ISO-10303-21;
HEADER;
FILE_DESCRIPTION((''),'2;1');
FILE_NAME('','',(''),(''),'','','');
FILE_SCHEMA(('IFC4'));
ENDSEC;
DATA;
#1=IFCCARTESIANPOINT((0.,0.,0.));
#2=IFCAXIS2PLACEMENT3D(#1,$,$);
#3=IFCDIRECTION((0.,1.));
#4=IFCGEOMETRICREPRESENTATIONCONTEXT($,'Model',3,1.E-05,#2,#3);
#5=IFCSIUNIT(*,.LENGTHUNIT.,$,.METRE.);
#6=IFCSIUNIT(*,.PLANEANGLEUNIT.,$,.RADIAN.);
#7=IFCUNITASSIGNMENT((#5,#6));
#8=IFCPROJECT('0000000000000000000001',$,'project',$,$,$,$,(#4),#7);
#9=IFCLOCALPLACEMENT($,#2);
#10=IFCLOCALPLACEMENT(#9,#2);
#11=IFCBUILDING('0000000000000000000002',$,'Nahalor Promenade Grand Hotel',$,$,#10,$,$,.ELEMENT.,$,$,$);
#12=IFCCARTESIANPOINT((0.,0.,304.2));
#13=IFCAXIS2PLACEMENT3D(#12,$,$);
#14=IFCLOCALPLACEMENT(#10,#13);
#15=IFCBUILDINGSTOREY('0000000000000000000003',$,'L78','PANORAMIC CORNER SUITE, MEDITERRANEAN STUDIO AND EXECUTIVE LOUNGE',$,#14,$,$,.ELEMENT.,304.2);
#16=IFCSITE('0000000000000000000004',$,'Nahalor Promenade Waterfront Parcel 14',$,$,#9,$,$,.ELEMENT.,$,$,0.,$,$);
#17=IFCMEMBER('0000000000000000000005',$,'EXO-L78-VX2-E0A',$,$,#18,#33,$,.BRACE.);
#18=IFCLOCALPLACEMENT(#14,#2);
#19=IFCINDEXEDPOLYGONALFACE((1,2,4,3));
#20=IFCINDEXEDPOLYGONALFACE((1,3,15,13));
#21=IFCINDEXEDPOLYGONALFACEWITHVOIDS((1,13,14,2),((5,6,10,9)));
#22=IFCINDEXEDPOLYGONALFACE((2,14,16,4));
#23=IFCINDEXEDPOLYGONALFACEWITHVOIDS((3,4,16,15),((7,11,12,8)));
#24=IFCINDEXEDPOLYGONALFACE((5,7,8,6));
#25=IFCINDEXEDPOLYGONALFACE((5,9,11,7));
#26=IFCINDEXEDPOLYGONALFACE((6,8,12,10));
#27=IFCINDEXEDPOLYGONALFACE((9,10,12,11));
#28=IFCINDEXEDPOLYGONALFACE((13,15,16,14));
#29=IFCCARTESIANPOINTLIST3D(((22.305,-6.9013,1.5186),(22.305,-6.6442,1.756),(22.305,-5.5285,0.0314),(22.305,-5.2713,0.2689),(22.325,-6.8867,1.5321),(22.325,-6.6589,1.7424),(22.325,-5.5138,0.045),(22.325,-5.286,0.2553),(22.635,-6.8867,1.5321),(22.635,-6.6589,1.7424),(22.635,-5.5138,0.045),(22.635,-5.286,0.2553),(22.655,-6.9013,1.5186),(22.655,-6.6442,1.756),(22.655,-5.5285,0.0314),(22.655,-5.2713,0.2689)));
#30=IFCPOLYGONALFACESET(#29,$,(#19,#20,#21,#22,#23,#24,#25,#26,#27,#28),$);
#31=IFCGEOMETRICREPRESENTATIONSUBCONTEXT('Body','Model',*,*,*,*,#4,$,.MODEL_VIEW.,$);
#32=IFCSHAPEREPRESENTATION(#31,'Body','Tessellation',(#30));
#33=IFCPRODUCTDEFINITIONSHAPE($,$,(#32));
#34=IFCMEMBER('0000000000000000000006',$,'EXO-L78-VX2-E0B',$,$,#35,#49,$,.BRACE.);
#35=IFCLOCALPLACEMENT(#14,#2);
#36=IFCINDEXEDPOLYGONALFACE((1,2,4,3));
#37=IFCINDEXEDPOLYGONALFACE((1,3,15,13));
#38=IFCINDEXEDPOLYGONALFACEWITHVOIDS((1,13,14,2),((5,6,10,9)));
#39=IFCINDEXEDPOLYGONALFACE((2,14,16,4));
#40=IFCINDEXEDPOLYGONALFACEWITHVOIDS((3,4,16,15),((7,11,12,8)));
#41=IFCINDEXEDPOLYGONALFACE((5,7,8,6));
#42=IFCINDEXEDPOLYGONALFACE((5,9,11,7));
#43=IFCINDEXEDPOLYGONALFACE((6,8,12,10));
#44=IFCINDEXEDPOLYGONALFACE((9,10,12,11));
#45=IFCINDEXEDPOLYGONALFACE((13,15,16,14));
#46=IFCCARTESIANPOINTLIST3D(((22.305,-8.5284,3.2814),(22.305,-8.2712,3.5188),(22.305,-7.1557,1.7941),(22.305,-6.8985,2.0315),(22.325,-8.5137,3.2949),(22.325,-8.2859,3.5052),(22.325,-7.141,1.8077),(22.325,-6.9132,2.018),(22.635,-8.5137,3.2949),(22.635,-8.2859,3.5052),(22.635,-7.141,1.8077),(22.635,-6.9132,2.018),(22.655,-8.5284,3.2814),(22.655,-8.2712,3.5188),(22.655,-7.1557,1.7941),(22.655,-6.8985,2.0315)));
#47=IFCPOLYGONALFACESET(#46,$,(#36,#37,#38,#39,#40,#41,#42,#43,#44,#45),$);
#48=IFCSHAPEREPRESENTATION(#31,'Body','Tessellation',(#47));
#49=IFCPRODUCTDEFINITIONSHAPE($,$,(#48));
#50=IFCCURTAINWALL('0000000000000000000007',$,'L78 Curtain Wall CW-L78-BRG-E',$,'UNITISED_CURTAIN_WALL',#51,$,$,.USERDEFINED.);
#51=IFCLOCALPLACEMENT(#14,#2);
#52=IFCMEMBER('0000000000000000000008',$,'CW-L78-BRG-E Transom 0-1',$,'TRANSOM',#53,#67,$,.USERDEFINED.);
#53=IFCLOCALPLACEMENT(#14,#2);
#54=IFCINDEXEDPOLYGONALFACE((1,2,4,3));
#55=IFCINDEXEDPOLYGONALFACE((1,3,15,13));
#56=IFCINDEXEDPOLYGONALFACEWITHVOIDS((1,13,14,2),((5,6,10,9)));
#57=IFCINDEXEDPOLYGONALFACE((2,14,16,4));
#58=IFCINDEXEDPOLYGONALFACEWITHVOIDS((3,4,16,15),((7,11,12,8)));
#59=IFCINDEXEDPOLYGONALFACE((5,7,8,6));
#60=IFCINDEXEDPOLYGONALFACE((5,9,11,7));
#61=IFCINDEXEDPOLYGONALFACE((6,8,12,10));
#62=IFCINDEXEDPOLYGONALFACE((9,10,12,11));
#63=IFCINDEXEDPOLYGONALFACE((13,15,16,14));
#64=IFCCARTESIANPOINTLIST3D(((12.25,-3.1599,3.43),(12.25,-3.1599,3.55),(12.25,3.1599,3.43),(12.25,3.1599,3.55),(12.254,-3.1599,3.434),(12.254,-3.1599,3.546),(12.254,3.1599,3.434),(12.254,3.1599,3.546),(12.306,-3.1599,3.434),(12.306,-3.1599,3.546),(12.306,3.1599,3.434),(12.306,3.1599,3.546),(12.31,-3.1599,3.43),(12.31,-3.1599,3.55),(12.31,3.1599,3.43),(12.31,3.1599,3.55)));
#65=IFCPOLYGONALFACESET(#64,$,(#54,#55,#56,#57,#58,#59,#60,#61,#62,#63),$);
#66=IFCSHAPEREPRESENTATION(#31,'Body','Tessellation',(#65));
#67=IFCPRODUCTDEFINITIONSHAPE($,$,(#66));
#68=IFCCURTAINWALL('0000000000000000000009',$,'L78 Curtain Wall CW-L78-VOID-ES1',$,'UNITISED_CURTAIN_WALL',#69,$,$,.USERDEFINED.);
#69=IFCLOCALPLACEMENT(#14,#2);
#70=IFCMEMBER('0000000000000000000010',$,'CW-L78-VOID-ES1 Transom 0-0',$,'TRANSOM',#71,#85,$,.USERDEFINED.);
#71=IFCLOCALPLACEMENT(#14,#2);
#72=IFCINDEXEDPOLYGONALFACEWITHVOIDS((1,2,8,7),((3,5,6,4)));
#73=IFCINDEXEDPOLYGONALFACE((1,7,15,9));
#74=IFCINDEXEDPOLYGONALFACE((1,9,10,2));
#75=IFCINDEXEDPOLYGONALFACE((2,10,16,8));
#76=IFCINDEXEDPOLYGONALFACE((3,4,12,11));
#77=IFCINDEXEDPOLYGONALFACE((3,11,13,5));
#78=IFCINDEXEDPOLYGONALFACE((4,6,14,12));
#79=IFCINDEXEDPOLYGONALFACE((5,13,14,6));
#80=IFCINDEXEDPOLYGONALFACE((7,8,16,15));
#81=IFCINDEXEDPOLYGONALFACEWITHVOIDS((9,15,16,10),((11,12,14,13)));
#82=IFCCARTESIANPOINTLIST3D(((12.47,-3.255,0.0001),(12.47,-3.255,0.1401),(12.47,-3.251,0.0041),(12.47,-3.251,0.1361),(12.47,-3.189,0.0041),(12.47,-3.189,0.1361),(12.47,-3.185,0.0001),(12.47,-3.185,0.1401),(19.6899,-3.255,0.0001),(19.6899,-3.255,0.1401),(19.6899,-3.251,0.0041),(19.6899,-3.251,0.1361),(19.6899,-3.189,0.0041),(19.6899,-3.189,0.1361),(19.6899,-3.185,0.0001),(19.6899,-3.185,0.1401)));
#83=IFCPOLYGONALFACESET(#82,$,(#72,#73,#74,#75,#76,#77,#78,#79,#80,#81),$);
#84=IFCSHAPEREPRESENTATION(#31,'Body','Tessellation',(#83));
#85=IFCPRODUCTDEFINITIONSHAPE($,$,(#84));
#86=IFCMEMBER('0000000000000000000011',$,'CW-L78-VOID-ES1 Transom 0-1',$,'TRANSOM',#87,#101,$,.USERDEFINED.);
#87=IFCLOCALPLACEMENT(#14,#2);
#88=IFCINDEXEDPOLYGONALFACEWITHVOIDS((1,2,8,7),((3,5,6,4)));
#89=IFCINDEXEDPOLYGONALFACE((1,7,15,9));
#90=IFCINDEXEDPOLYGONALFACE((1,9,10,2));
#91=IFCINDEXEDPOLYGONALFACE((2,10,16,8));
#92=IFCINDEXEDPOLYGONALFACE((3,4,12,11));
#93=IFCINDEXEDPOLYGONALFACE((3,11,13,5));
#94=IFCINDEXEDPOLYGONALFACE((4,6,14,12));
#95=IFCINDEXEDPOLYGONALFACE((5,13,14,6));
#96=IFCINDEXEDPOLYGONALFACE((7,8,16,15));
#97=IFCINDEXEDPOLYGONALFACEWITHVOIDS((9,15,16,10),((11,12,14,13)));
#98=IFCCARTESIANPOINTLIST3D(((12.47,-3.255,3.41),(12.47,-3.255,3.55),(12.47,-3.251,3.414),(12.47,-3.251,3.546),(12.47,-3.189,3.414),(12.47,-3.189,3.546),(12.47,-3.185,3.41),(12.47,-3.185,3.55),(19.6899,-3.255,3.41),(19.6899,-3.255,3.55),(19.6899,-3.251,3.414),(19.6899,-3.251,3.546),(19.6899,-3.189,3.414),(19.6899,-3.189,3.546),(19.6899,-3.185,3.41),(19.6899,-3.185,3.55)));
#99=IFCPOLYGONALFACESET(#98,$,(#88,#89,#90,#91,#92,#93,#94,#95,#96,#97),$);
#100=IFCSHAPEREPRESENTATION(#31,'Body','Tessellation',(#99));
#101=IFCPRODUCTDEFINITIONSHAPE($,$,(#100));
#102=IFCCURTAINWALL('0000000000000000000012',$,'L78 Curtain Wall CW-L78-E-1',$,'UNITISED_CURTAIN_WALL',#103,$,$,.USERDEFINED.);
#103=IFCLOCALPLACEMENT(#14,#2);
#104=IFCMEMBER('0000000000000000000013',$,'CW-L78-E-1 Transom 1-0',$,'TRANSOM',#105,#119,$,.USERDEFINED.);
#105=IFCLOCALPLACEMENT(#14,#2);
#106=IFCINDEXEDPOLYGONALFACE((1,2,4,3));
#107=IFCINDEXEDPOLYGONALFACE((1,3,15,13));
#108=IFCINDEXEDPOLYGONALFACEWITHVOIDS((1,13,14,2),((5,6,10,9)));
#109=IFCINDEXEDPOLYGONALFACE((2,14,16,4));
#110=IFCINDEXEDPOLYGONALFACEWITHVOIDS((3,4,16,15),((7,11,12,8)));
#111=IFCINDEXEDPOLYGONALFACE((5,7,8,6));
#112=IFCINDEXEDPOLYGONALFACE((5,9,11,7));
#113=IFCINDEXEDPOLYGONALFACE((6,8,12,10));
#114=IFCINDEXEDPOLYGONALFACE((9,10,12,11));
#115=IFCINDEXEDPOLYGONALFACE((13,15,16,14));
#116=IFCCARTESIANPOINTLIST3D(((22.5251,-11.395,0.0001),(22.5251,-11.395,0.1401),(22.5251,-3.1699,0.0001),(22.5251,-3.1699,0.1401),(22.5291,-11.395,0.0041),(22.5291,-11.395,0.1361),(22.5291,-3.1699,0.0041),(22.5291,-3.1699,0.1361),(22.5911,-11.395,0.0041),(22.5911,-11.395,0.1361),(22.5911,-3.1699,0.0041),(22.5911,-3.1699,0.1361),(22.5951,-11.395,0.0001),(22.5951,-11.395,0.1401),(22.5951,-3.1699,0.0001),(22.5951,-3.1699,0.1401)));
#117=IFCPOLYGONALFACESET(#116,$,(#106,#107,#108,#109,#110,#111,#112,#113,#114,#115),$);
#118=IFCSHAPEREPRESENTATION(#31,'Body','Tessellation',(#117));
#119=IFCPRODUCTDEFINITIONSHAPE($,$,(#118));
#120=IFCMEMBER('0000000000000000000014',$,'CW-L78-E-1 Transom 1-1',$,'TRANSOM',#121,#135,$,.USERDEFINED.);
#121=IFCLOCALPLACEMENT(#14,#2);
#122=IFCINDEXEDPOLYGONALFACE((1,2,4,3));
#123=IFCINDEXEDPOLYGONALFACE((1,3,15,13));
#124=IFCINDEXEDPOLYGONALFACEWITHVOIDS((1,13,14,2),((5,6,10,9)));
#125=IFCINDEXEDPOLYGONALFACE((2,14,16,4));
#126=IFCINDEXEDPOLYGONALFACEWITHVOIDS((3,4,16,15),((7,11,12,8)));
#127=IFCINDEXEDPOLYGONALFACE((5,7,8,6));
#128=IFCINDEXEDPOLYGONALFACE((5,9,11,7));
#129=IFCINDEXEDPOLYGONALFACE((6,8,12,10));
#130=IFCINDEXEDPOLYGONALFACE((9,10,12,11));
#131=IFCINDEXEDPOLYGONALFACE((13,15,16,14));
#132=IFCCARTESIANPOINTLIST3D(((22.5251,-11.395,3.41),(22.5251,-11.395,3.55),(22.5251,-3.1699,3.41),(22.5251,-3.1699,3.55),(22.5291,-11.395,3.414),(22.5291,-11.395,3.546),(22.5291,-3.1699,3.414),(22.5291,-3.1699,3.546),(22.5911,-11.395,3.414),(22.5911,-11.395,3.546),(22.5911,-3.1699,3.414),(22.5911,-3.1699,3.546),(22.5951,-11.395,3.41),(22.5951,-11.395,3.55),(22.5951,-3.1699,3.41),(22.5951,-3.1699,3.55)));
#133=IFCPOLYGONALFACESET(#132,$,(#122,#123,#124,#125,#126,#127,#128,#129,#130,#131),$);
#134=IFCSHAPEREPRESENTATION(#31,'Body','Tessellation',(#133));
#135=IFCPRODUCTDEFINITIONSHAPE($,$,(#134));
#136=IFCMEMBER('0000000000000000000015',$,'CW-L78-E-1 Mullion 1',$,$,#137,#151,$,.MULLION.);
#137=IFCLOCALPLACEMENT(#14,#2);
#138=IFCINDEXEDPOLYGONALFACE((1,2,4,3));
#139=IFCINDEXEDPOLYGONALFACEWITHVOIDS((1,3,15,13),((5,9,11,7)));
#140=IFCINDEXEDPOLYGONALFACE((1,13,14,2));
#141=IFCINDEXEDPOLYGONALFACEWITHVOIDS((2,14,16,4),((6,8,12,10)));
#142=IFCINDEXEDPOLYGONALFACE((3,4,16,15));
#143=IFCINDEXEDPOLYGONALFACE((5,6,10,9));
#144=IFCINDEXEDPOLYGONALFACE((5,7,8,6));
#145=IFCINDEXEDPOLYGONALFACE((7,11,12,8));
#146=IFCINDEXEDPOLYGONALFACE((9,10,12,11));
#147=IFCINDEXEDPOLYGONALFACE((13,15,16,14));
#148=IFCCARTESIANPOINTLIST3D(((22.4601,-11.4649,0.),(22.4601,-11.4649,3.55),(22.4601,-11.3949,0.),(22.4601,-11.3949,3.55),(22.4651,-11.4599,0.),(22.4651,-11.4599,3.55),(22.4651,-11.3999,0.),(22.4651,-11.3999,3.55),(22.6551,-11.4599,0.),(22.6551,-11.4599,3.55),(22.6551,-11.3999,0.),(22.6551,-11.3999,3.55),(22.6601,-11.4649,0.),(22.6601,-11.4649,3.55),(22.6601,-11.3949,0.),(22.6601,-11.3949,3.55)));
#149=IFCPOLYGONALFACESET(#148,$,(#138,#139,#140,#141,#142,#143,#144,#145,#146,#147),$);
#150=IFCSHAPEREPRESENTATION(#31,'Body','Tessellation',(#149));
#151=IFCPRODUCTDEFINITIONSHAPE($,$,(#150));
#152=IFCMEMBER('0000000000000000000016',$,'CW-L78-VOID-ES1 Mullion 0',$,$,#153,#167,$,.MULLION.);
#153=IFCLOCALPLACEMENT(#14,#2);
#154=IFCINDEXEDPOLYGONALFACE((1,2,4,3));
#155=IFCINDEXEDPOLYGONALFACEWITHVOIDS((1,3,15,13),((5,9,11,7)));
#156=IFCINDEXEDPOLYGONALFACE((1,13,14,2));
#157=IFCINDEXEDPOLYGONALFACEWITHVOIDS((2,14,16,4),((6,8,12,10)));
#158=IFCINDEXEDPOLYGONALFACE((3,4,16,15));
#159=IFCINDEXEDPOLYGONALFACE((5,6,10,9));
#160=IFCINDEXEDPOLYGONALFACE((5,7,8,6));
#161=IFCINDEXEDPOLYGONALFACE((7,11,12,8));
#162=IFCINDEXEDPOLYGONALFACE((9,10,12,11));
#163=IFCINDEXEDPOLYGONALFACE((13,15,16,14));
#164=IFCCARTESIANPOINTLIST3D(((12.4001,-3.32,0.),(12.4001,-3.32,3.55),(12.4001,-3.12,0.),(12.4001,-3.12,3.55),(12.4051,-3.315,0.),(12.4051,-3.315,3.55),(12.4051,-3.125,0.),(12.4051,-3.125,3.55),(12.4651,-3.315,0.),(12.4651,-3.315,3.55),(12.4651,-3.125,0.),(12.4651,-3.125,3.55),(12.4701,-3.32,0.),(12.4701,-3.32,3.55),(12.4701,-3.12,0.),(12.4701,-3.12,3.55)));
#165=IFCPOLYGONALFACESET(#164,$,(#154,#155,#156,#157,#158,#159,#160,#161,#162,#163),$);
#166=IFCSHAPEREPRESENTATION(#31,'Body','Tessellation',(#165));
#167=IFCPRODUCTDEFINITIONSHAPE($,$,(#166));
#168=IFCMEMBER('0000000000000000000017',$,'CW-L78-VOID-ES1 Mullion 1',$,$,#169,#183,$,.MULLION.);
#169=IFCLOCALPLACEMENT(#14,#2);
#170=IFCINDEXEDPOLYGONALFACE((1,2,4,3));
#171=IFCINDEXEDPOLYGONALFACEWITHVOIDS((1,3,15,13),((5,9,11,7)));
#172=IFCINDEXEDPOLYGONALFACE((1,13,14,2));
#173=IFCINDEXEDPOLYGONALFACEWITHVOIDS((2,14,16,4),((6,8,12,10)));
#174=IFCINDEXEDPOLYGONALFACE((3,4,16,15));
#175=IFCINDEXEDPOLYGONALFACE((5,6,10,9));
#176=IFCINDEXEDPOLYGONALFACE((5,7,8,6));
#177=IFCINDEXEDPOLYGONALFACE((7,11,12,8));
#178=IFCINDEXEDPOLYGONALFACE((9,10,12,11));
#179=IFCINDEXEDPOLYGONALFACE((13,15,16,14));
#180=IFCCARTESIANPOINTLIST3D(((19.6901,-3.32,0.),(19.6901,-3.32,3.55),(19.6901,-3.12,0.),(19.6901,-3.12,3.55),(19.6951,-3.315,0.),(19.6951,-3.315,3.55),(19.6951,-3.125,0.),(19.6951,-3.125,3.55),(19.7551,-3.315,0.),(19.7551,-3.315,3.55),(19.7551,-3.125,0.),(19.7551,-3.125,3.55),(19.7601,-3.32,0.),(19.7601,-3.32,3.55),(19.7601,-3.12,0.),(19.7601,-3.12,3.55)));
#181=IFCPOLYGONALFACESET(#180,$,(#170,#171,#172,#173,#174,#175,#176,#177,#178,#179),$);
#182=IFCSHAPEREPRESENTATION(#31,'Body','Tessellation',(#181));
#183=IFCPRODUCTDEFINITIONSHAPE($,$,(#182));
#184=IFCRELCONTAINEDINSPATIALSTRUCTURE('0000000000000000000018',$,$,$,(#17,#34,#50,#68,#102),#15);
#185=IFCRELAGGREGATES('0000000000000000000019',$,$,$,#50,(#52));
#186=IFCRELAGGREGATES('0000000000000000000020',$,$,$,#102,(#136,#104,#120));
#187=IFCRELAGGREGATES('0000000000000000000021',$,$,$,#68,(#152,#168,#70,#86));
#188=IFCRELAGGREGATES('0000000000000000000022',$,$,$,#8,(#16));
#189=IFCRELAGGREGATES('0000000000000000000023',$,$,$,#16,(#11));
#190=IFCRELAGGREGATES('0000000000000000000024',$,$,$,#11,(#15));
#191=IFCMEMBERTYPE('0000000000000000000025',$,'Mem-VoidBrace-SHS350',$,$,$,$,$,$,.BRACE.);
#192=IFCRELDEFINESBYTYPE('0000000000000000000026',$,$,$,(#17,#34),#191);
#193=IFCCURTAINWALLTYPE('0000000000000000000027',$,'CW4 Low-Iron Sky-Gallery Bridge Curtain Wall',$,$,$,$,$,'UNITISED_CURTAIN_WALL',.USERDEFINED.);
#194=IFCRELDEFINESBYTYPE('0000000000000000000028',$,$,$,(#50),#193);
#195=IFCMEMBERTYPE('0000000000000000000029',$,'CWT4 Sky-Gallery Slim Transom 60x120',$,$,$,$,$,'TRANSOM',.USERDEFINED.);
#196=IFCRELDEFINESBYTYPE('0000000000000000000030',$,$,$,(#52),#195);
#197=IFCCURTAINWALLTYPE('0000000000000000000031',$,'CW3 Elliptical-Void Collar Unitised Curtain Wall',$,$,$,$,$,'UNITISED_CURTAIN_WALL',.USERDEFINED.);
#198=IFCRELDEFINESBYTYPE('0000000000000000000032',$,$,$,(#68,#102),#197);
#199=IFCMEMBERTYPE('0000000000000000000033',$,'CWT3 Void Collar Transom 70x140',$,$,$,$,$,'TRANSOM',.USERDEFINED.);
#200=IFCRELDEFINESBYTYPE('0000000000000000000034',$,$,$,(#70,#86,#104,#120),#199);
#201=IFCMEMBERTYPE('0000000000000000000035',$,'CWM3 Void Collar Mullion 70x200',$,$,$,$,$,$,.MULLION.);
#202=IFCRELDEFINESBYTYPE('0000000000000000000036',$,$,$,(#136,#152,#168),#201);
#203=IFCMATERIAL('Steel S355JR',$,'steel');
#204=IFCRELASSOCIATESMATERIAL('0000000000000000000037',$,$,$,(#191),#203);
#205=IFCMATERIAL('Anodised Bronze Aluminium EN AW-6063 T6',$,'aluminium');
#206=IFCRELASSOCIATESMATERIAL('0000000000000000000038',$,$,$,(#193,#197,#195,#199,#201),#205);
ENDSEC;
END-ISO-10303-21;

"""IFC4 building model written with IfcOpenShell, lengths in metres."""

from ifc_helpers import new_model, si_unit, direction, frame, origin, origin_2d, place, context, subcontext, project, spatial, hollow_rectangle, extrude, source, transform, mapped, material, material_profile, profile_set, type_object, element, aggregate, save


model = new_model("IFC4")

# Units and contexts
model_context = context("Model", 3, precision=1e-05, world=origin(), true_north=direction((0.0, 1.0)))
body_context = subcontext(model_context, "Body", "Model", "MODEL_VIEW")
ifc_project = project(units=[si_unit("LENGTHUNIT", "METRE"), si_unit("PLANEANGLEUNIT", "RADIAN")], contexts=[model_context])

# Site, building, storey
site_placement = place(None, origin())
site = spatial("IfcSite", under=ifc_project, at=site_placement, Name="Nahalor Promenade Waterfront Parcel 14", CompositionType="ELEMENT", RefElevation=0.0)
building_placement = place(site_placement, origin())
building = spatial("IfcBuilding", under=site, at=building_placement, Name="Nahalor Promenade Grand Hotel", CompositionType="ELEMENT")
storey_placement = place(building_placement, frame((0.0, 0.0, 304.2)))
storey = spatial("IfcBuildingStorey", under=building, at=storey_placement, Name="L78", Description="PANORAMIC CORNER SUITE, MEDITERRANEAN STUDIO AND EXECUTIVE LOUNGE", CompositionType="ELEMENT", Elevation=304.2)

# Shared definitions
ifc_material_1 = material(Name="Steel S355JR", Category="steel")

# Members
ifc_material_profile_1 = material_profile(ifc_material_1, hollow_rectangle(XDim=0.35, YDim=0.35, WallThickness=0.02, at=origin_2d()), Name="SHS 350x350x20")
ifc_profile_set_1 = profile_set([ifc_material_profile_1], Name="Steel S355JR")
member_type_1 = type_object("IfcMemberType", Name="Mem-VoidBrace-SHS350", PredefinedType="BRACE", material=ifc_profile_set_1)
shared_shape_1 = source(origin(), body_context, "Body", "SweptSolid", [
    extrude(hollow_rectangle(XDim=0.35, YDim=0.35, WallThickness=0.02, at=origin_2d()), origin(), (0.0, 0.0, 1.0), 2.0239),
])
for number, where, z_axis, x_axis, name in (
    (1, (22.48, -5.3999, 0.1501), (0.0, -0.678315, 0.734771), (1.0, 0.0, 0.0), "EXO-L78-VX2-E0A"),
    (2, (22.48, -7.0271, 1.9128), (0.0, -0.678255, 0.734827), (1.0, 0.0, 0.0), "EXO-L78-VX2-E0B"),
):
    element("IfcMember", number, at=place(storey_placement, frame(where, z_axis=z_axis, x_axis=x_axis)), inside=storey, type_object=member_type_1, Name=name, PredefinedType="BRACE", context=body_context, shape_type="MappedRepresentation", body=[
        mapped(shared_shape_1, transform((0.0, 0.0, 0.0), scale=1.0)),
    ])

# Curtain wall, member
ifc_material_2 = material(Name="Anodised Bronze Aluminium EN AW-6063 T6", Category="aluminium")
curtain_wall_type_1 = type_object("IfcCurtainWallType", Name="CW4 Low-Iron Sky-Gallery Bridge Curtain Wall", ElementType="UNITISED_CURTAIN_WALL", PredefinedType="USERDEFINED", material=ifc_material_2)
curtain_wall_1_placement = place(storey_placement, origin())
curtain_wall_1 = element("IfcCurtainWall", 3, at=curtain_wall_1_placement, inside=storey, type_object=curtain_wall_type_1, Name="L78 Curtain Wall CW-L78-BRG-E", ObjectType="UNITISED_CURTAIN_WALL", PredefinedType="USERDEFINED")
ifc_material_profile_2 = material_profile(ifc_material_2, hollow_rectangle(XDim=0.06, YDim=0.12, WallThickness=0.004, at=origin_2d()), Name="CWT 60x120x4")
ifc_profile_set_2 = profile_set([ifc_material_profile_2], Name="Anodised Bronze Aluminium EN AW-6063 T6")
member_type_2 = type_object("IfcMemberType", Name="CWT4 Sky-Gallery Slim Transom 60x120", ElementType="TRANSOM", PredefinedType="USERDEFINED", material=ifc_profile_set_2)
shared_shape_2 = source(origin(), body_context, "Body", "SweptSolid", [
    extrude(hollow_rectangle(XDim=0.06, YDim=0.12, WallThickness=0.004, at=origin_2d()), origin(), (0.0, 0.0, 1.0), 6.3198),
])
member_1_placement = place(storey_placement, frame((12.28, -3.1599, 3.49), z_axis=(0.0, 1.0, 0.0), x_axis=(-1.0, 0.0, 0.0)))
member_1 = element("IfcMember", 4, at=member_1_placement, type_object=member_type_2, Name="CW-L78-BRG-E Transom 0-1", ObjectType="TRANSOM", PredefinedType="USERDEFINED", context=body_context, shape_type="MappedRepresentation", body=[
    mapped(shared_shape_2, transform((0.0, 0.0, 0.0), scale=1.0)),
])
aggregate(curtain_wall_1, [member_1])

# Curtain walls, members
curtain_wall_type_2 = type_object("IfcCurtainWallType", Name="CW3 Elliptical-Void Collar Unitised Curtain Wall", ElementType="UNITISED_CURTAIN_WALL", PredefinedType="USERDEFINED", material=ifc_material_2)
curtain_wall_2_placement = place(storey_placement, origin())
curtain_wall_2 = element("IfcCurtainWall", 5, at=curtain_wall_2_placement, inside=storey, type_object=curtain_wall_type_2, Name="L78 Curtain Wall CW-L78-VOID-ES1", ObjectType="UNITISED_CURTAIN_WALL", PredefinedType="USERDEFINED")
ifc_material_profile_3 = material_profile(ifc_material_2, hollow_rectangle(XDim=0.07, YDim=0.14, WallThickness=0.004, at=origin_2d()), Name="CWT 70x140x4")
ifc_profile_set_3 = profile_set([ifc_material_profile_3], Name="Anodised Bronze Aluminium EN AW-6063 T6")
member_type_3 = type_object("IfcMemberType", Name="CWT3 Void Collar Transom 70x140", ElementType="TRANSOM", PredefinedType="USERDEFINED", material=ifc_profile_set_3)
shared_shape_3 = source(origin(), body_context, "Body", "SweptSolid", [
    extrude(hollow_rectangle(XDim=0.07, YDim=0.14, WallThickness=0.004, at=origin_2d()), origin(), (0.0, 0.0, 1.0), 7.22),
])
member_2_placement = place(storey_placement, frame((12.47, -3.22, 0.0701), z_axis=(1.0, 0.0, 0.0), x_axis=(0.0, 1.0, 0.0)))
member_2 = element("IfcMember", 6, at=member_2_placement, type_object=member_type_3, Name="CW-L78-VOID-ES1 Transom 0-0", ObjectType="TRANSOM", PredefinedType="USERDEFINED", context=body_context, shape_type="MappedRepresentation", body=[
    mapped(shared_shape_3, transform((0.0, 0.0, 0.0), scale=1.0)),
])
member_3_placement = place(storey_placement, frame((12.47, -3.22, 3.48), z_axis=(1.0, 0.0, 0.0), x_axis=(0.0, 1.0, 0.0)))
member_3 = element("IfcMember", 7, at=member_3_placement, type_object=member_type_3, Name="CW-L78-VOID-ES1 Transom 0-1", ObjectType="TRANSOM", PredefinedType="USERDEFINED", context=body_context, shape_type="MappedRepresentation", body=[
    mapped(shared_shape_3, transform((0.0, 0.0, 0.0), scale=1.0)),
])
curtain_wall_3_placement = place(storey_placement, origin())
curtain_wall_3 = element("IfcCurtainWall", 8, at=curtain_wall_3_placement, inside=storey, type_object=curtain_wall_type_2, Name="L78 Curtain Wall CW-L78-E-1", ObjectType="UNITISED_CURTAIN_WALL", PredefinedType="USERDEFINED")
shared_shape_4 = source(origin(), body_context, "Body", "SweptSolid", [
    extrude(hollow_rectangle(XDim=0.07, YDim=0.14, WallThickness=0.004, at=origin_2d()), origin(), (0.0, 0.0, 1.0), 8.2251),
])
member_4_placement = place(storey_placement, frame((22.5601, -11.395, 0.0701), z_axis=(0.0, 1.0, 0.0), x_axis=(-1.0, 0.0, 0.0)))
member_4 = element("IfcMember", 9, at=member_4_placement, type_object=member_type_3, Name="CW-L78-E-1 Transom 1-0", ObjectType="TRANSOM", PredefinedType="USERDEFINED", context=body_context, shape_type="MappedRepresentation", body=[
    mapped(shared_shape_4, transform((0.0, 0.0, 0.0), scale=1.0)),
])
member_5_placement = place(storey_placement, frame((22.5601, -11.395, 3.48), z_axis=(0.0, 1.0, 0.0), x_axis=(-1.0, 0.0, 0.0)))
member_5 = element("IfcMember", 10, at=member_5_placement, type_object=member_type_3, Name="CW-L78-E-1 Transom 1-1", ObjectType="TRANSOM", PredefinedType="USERDEFINED", context=body_context, shape_type="MappedRepresentation", body=[
    mapped(shared_shape_4, transform((0.0, 0.0, 0.0), scale=1.0)),
])
ifc_material_profile_4 = material_profile(ifc_material_2, hollow_rectangle(XDim=0.07, YDim=0.2, WallThickness=0.005, at=origin_2d()), Name="CWM 70x200x5")
ifc_profile_set_4 = profile_set([ifc_material_profile_4], Name="Anodised Bronze Aluminium EN AW-6063 T6")
member_type_4 = type_object("IfcMemberType", Name="CWM3 Void Collar Mullion 70x200", PredefinedType="MULLION", material=ifc_profile_set_4)
shared_shape_5 = source(origin(), body_context, "Body", "SweptSolid", [
    extrude(hollow_rectangle(XDim=0.07, YDim=0.2, WallThickness=0.005, at=origin_2d()), origin(), (0.0, 0.0, 1.0), 3.55),
])
member_6_placement = place(storey_placement, frame((22.5601, -11.4299, 0.0), z_axis=(0.0, 0.0, 1.0), x_axis=(0.0, 1.0, 0.0)))
member_6 = element("IfcMember", 11, at=member_6_placement, type_object=member_type_4, Name="CW-L78-E-1 Mullion 1", PredefinedType="MULLION", context=body_context, shape_type="MappedRepresentation", body=[
    mapped(shared_shape_5, transform((0.0, 0.0, 0.0), scale=1.0)),
])

# Members
member_7_placement = place(storey_placement, frame((12.4351, -3.22, 0.0), z_axis=(0.0, 0.0, 1.0), x_axis=(1.0, 0.0, 0.0)))
member_7 = element("IfcMember", 12, at=member_7_placement, type_object=member_type_4, Name="CW-L78-VOID-ES1 Mullion 0", PredefinedType="MULLION", context=body_context, shape_type="MappedRepresentation", body=[
    mapped(shared_shape_5, transform((0.0, 0.0, 0.0), scale=1.0)),
])
member_8_placement = place(storey_placement, frame((19.7251, -3.22, 0.0), z_axis=(0.0, 0.0, 1.0), x_axis=(1.0, 0.0, 0.0)))
member_8 = element("IfcMember", 13, at=member_8_placement, type_object=member_type_4, Name="CW-L78-VOID-ES1 Mullion 1", PredefinedType="MULLION", context=body_context, shape_type="MappedRepresentation", body=[
    mapped(shared_shape_5, transform((0.0, 0.0, 0.0), scale=1.0)),
])

aggregate(curtain_wall_3, [member_6, member_4, member_5])
aggregate(curtain_wall_2, [member_7, member_8, member_2, member_3])

save(model, "model.ifc")
